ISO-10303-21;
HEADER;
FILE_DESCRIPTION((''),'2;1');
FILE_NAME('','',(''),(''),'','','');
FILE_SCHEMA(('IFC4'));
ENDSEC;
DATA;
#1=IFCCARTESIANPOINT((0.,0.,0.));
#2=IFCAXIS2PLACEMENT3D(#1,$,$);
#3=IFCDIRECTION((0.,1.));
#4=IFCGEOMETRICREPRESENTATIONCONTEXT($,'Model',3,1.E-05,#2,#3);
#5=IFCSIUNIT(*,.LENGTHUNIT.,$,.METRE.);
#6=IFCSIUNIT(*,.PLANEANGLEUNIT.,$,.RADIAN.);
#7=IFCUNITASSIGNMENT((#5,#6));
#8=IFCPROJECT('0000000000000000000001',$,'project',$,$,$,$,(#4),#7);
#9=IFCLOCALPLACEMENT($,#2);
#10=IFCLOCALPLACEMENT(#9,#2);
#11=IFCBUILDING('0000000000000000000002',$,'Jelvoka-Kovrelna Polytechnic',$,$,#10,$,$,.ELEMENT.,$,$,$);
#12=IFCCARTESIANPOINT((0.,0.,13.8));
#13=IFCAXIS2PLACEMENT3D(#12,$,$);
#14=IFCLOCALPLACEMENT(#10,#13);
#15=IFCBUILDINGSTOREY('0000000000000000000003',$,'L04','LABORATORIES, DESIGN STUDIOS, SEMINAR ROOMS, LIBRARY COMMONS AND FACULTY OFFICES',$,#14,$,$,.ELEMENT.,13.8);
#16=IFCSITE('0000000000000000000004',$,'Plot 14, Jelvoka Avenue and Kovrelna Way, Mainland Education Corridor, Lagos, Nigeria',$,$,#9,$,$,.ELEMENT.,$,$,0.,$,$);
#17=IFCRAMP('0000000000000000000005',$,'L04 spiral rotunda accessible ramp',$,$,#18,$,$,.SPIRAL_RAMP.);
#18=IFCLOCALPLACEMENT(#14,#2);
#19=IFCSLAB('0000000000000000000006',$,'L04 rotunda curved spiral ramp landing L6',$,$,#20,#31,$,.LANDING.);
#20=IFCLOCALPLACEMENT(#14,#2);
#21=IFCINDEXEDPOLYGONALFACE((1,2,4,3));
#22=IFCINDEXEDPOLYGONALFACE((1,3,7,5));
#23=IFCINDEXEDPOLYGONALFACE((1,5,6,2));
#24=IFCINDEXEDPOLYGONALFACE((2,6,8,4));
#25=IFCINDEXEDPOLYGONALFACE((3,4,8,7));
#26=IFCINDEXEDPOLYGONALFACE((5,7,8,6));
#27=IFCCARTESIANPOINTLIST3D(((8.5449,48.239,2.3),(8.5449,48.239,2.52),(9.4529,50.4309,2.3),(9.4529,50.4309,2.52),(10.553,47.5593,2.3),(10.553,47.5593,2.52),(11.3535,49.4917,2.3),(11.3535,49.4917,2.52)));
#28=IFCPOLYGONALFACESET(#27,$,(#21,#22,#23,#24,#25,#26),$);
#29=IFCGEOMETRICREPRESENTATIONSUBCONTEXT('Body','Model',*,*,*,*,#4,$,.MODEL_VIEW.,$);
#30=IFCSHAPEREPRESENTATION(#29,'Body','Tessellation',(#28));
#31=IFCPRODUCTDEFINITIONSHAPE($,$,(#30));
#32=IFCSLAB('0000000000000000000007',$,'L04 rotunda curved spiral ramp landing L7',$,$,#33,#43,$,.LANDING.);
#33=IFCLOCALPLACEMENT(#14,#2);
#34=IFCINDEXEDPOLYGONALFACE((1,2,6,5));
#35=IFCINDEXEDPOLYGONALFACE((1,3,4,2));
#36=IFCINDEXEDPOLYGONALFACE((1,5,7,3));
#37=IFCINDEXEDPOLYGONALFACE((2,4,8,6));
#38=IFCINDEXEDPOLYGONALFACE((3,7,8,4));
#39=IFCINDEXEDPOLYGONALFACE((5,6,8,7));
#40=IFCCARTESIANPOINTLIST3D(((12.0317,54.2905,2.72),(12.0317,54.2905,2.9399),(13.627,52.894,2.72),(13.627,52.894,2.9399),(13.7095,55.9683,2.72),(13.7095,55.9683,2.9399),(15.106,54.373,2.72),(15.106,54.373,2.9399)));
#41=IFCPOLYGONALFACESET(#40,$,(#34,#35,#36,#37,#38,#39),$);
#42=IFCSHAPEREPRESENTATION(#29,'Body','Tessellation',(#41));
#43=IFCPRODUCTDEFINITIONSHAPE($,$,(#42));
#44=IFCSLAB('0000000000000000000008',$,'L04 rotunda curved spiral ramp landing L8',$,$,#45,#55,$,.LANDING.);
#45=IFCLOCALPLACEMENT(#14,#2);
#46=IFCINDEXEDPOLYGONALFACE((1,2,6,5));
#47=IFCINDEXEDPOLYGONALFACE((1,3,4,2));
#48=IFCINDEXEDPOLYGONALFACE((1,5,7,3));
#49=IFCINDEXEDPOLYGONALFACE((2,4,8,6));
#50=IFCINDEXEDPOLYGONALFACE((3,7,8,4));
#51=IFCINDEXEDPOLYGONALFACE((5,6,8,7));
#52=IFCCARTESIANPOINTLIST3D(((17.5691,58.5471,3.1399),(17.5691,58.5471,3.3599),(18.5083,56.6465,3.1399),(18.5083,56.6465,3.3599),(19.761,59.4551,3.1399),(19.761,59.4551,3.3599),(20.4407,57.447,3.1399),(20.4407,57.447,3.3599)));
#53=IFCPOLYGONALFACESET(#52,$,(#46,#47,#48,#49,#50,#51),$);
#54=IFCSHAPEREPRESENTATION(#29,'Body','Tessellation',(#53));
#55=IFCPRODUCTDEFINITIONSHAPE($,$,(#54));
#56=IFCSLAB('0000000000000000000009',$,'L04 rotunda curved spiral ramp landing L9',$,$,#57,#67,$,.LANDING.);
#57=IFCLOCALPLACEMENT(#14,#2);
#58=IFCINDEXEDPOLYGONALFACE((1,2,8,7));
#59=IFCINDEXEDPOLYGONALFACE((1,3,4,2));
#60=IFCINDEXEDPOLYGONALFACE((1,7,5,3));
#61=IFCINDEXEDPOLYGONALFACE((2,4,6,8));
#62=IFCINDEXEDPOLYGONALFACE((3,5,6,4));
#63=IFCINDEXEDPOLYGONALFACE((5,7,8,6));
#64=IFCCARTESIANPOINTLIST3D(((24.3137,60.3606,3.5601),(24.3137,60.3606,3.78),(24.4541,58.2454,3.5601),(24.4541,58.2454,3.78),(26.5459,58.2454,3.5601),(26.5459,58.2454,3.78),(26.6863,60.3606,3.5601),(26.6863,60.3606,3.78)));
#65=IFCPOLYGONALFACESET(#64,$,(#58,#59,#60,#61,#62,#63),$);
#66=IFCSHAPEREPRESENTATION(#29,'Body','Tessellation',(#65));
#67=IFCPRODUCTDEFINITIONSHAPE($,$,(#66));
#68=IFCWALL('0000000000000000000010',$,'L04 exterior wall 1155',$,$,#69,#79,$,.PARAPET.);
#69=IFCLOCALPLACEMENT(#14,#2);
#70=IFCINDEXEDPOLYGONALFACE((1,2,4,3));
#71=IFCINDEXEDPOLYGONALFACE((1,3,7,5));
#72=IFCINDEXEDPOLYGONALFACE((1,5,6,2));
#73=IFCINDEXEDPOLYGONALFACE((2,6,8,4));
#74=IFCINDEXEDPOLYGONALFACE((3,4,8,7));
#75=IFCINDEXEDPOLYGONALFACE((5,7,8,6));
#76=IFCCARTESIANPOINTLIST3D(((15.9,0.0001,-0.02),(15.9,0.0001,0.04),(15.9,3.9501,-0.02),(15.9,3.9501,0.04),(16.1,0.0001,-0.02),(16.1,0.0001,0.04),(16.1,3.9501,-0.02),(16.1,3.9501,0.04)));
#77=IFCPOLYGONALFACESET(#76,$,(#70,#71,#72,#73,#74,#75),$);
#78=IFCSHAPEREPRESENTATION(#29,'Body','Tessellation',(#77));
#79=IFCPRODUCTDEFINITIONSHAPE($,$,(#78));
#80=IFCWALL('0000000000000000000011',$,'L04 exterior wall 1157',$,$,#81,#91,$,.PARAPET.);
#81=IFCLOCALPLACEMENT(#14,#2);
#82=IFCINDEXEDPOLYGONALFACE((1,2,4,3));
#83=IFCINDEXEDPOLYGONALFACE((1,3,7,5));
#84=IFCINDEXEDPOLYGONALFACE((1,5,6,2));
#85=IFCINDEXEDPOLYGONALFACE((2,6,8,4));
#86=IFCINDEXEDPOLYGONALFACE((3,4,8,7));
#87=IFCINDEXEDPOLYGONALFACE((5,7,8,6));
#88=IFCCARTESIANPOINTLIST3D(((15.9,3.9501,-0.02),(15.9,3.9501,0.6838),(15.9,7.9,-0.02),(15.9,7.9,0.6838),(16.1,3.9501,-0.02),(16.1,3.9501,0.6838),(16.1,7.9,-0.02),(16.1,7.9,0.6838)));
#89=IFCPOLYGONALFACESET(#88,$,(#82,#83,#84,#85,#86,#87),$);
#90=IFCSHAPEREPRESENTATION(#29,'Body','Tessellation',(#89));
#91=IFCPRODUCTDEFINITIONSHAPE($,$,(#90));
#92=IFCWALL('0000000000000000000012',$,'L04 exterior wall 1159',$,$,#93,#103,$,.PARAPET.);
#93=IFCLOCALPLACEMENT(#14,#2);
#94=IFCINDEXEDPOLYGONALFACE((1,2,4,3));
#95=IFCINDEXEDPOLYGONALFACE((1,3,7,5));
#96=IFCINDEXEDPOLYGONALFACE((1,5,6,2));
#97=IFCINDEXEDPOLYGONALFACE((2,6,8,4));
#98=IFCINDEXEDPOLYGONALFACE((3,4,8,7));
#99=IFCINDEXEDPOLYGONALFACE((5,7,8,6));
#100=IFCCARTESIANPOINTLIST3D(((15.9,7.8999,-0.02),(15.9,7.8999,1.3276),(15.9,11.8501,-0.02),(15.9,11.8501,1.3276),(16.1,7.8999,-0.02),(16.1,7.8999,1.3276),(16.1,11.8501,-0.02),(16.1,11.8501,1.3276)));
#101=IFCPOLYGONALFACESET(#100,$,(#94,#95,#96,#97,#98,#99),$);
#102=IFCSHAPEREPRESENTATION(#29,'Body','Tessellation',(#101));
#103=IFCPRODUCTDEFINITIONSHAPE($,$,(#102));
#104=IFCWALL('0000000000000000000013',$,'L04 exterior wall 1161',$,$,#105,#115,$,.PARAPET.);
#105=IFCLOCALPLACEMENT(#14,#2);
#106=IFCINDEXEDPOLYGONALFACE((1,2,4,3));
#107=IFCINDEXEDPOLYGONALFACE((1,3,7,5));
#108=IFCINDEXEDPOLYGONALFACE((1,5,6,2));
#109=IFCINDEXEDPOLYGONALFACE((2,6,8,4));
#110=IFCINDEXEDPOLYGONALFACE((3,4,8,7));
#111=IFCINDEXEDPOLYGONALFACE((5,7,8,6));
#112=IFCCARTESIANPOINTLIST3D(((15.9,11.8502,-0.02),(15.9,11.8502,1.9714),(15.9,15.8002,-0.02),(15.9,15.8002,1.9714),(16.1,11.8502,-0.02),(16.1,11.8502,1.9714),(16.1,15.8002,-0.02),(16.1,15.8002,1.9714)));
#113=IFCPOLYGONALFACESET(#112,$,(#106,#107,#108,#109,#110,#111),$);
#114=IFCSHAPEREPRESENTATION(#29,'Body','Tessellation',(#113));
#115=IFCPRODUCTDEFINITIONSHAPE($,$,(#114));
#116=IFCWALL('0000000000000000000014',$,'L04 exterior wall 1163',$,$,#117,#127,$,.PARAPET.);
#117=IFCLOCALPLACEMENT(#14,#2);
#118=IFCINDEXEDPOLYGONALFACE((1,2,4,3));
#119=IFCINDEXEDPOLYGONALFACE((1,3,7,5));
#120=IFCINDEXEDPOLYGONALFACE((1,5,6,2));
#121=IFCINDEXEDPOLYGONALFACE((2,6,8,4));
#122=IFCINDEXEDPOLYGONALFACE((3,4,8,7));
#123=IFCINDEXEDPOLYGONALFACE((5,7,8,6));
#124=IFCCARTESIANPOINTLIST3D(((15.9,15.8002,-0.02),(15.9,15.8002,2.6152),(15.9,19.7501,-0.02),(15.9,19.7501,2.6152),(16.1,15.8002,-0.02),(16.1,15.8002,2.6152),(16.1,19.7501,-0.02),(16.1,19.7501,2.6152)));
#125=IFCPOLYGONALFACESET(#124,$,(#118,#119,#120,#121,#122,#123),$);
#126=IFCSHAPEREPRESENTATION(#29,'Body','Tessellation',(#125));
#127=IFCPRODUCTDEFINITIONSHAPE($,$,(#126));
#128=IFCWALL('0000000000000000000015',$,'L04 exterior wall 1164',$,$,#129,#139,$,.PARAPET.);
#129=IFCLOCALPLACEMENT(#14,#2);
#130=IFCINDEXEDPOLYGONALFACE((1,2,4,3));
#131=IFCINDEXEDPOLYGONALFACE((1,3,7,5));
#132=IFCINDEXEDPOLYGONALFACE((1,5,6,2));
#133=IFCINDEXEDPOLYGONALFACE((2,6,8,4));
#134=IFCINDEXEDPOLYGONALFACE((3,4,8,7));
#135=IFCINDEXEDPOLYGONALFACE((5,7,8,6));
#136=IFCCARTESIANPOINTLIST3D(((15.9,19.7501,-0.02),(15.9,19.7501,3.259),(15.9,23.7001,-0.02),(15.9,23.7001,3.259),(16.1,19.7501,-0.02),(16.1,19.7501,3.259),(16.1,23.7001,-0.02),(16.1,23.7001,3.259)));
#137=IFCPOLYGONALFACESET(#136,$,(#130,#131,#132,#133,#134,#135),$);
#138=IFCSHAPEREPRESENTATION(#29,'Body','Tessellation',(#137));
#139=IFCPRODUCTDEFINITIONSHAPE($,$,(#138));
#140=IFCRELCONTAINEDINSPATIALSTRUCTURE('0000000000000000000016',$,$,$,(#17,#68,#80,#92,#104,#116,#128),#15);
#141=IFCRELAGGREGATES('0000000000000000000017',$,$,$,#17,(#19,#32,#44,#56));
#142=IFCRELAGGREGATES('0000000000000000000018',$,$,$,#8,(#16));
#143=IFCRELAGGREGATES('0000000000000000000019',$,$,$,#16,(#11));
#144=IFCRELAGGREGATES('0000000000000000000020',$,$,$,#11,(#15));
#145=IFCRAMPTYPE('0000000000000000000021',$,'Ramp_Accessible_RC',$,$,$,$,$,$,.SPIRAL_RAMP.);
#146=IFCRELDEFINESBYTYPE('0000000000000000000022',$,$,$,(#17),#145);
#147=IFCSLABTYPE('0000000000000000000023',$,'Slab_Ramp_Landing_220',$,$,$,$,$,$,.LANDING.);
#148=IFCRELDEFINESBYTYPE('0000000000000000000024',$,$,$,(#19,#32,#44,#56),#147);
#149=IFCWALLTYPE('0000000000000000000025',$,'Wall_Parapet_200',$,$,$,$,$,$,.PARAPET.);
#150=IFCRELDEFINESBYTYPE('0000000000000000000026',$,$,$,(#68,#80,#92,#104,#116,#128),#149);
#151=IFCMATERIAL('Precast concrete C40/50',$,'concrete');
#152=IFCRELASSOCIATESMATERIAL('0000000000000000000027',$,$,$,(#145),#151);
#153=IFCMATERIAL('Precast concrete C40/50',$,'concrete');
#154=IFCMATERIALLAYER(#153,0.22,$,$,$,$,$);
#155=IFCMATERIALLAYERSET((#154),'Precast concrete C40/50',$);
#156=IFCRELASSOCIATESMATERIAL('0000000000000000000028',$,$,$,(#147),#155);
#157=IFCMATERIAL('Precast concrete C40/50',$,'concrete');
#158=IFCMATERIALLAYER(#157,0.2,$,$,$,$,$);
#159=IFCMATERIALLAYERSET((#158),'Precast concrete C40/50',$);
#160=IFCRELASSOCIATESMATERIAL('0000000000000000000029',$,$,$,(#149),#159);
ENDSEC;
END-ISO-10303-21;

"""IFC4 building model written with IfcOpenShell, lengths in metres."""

from ifc_helpers import new_model, si_unit, direction, frame, frame_2d, origin, place, context, subcontext, project, spatial, polyline, rectangle, outline, extrude, material, layer, layer_set, type_object, element, aggregate, save


model = new_model("IFC4")

# Units and contexts
model_context = context("Model", 3, precision=1e-05, world=origin(), true_north=direction((0.0, 1.0)))
body_context = subcontext(model_context, "Body", "Model", "MODEL_VIEW")
ifc_project = project(units=[si_unit("LENGTHUNIT", "METRE"), si_unit("PLANEANGLEUNIT", "RADIAN")], contexts=[model_context])

# Site, building, storey
site_placement = place(None, origin())
site = spatial("IfcSite", under=ifc_project, at=site_placement, Name="Plot 14, Jelvoka Avenue and Kovrelna Way, Mainland Education Corridor, Lagos, Nigeria", CompositionType="ELEMENT", RefElevation=0.0)
building_placement = place(site_placement, origin())
building = spatial("IfcBuilding", under=site, at=building_placement, Name="Jelvoka-Kovrelna Polytechnic", CompositionType="ELEMENT")
storey_placement = place(building_placement, frame((0.0, 0.0, 13.8)))
storey = spatial("IfcBuildingStorey", under=building, at=storey_placement, Name="L04", Description="LABORATORIES, DESIGN STUDIOS, SEMINAR ROOMS, LIBRARY COMMONS AND FACULTY OFFICES", CompositionType="ELEMENT", Elevation=13.8)

# Ramp, slabs
ifc_material_1 = material(Name="Precast concrete C40/50", Category="concrete")
ramp_type = type_object("IfcRampType", Name="Ramp_Accessible_RC", PredefinedType="SPIRAL_RAMP", material=ifc_material_1)
ramp_placement = place(storey_placement, origin())
ramp = element("IfcRamp", 1, at=ramp_placement, inside=storey, type_object=ramp_type, Name="L04 spiral rotunda accessible ramp", PredefinedType="SPIRAL_RAMP")
ifc_material_2 = material(Name="Precast concrete C40/50", Category="concrete")
ifc_layer_1 = layer(ifc_material_2, 0.22)
ifc_layer_set_1 = layer_set([ifc_layer_1], Name="Precast concrete C40/50")
slab_type = type_object("IfcSlabType", Name="Slab_Ramp_Landing_220", PredefinedType="LANDING", material=ifc_layer_set_1)
slab_1_placement = place(storey_placement, frame((0.0, 0.0, 2.3)))
slab_1 = element("IfcSlab", 2, at=slab_1_placement, type_object=slab_type, Name="L04 rotunda curved spiral ramp landing L6", PredefinedType="LANDING", context=body_context, shape_type="SweptSolid", body=[
    extrude(outline(polyline([(11.3535, 49.4917), (9.4529, 50.4309), (8.5449, 48.239), (10.553, 47.5593), (11.3535, 49.4917)])), origin(), (0.0, 0.0, 1.0), 0.22),
])
slab_2_placement = place(storey_placement, frame((0.0, 0.0, 2.72)))
slab_2 = element("IfcSlab", 3, at=slab_2_placement, type_object=slab_type, Name="L04 rotunda curved spiral ramp landing L7", PredefinedType="LANDING", context=body_context, shape_type="SweptSolid", body=[
    extrude(outline(polyline([(15.106, 54.373), (13.7095, 55.9683), (12.0317, 54.2905), (13.627, 52.894), (15.106, 54.373)])), origin(), (0.0, 0.0, 1.0), 0.22),
])
slab_3_placement = place(storey_placement, frame((0.0, 0.0, 3.1399)))
slab_3 = element("IfcSlab", 4, at=slab_3_placement, type_object=slab_type, Name="L04 rotunda curved spiral ramp landing L8", PredefinedType="LANDING", context=body_context, shape_type="SweptSolid", body=[
    extrude(outline(polyline([(20.4407, 57.447), (19.761, 59.4551), (17.5691, 58.5471), (18.5083, 56.6465), (20.4407, 57.447)])), origin(), (0.0, 0.0, 1.0), 0.22),
])
slab_4_placement = place(storey_placement, frame((0.0, 0.0, 3.5601)))
slab_4 = element("IfcSlab", 5, at=slab_4_placement, type_object=slab_type, Name="L04 rotunda curved spiral ramp landing L9", PredefinedType="LANDING", context=body_context, shape_type="SweptSolid", body=[
    extrude(outline(polyline([(26.5459, 58.2454), (26.6863, 60.3606), (24.3137, 60.3606), (24.4541, 58.2454), (26.5459, 58.2454)])), origin(), (0.0, 0.0, 1.0), 0.22),
])
aggregate(ramp, [slab_1, slab_2, slab_3, slab_4])

# Walls
ifc_material_3 = material(Name="Precast concrete C40/50", Category="concrete")
ifc_layer_2 = layer(ifc_material_3, 0.2)
ifc_layer_set_2 = layer_set([ifc_layer_2], Name="Precast concrete C40/50")
wall_type = type_object("IfcWallType", Name="Wall_Parapet_200", PredefinedType="PARAPET", material=ifc_layer_set_2)
wall_1_placement = place(storey_placement, frame((16.0, 0.0, -0.02), z_axis=(0.0, 0.0, 1.0), x_axis=(0.0, 1.0, 0.0)))
element("IfcWall", 6, at=wall_1_placement, inside=storey, type_object=wall_type, Name="L04 exterior wall 1155", PredefinedType="PARAPET", context=body_context, shape_type="SweptSolid", body=[
    extrude(rectangle(XDim=3.95, YDim=0.2, at=frame_2d((1.9751, 0.0))), origin(), (0.0, 0.0, 1.0), 0.0601),
])
wall_2_placement = place(storey_placement, frame((16.0, 3.95, -0.02), z_axis=(0.0, 0.0, 1.0), x_axis=(0.0, 1.0, 0.0)))
element("IfcWall", 7, at=wall_2_placement, inside=storey, type_object=wall_type, Name="L04 exterior wall 1157", PredefinedType="PARAPET", context=body_context, shape_type="SweptSolid", body=[
    extrude(rectangle(XDim=3.95, YDim=0.2, at=frame_2d((1.9751, 0.0))), origin(), (0.0, 0.0, 1.0), 0.7039),
])
wall_3_placement = place(storey_placement, frame((16.0, 7.8999, -0.02), z_axis=(0.0, 0.0, 1.0), x_axis=(0.0, 1.0, 0.0)))
element("IfcWall", 8, at=wall_3_placement, inside=storey, type_object=wall_type, Name="L04 exterior wall 1159", PredefinedType="PARAPET", context=body_context, shape_type="SweptSolid", body=[
    extrude(rectangle(XDim=3.9502, YDim=0.2, at=frame_2d((1.9751, 0.0))), origin(), (0.0, 0.0, 1.0), 1.3477),
])
wall_4_placement = place(storey_placement, frame((16.0, 11.8501, -0.02), z_axis=(0.0, 0.0, 1.0), x_axis=(0.0, 1.0, 0.0)))
element("IfcWall", 9, at=wall_4_placement, inside=storey, type_object=wall_type, Name="L04 exterior wall 1161", PredefinedType="PARAPET", context=body_context, shape_type="SweptSolid", body=[
    extrude(rectangle(XDim=3.95, YDim=0.2, at=frame_2d((1.9751, 0.0))), origin(), (0.0, 0.0, 1.0), 1.9915),
])
wall_5_placement = place(storey_placement, frame((16.0, 15.8, -0.02), z_axis=(0.0, 0.0, 1.0), x_axis=(0.0, 1.0, 0.0)))
element("IfcWall", 10, at=wall_5_placement, inside=storey, type_object=wall_type, Name="L04 exterior wall 1163", PredefinedType="PARAPET", context=body_context, shape_type="SweptSolid", body=[
    extrude(rectangle(XDim=3.95, YDim=0.2, at=frame_2d((1.9751, 0.0))), origin(), (0.0, 0.0, 1.0), 2.6353),
])
wall_6_placement = place(storey_placement, frame((16.0, 19.75, -0.02), z_axis=(0.0, 0.0, 1.0), x_axis=(0.0, 1.0, 0.0)))
element("IfcWall", 11, at=wall_6_placement, inside=storey, type_object=wall_type, Name="L04 exterior wall 1164", PredefinedType="PARAPET", context=body_context, shape_type="SweptSolid", body=[
    extrude(rectangle(XDim=3.95, YDim=0.2, at=frame_2d((1.9751, 0.0))), origin(), (0.0, 0.0, 1.0), 3.2791),
])

save(model, "model.ifc")
